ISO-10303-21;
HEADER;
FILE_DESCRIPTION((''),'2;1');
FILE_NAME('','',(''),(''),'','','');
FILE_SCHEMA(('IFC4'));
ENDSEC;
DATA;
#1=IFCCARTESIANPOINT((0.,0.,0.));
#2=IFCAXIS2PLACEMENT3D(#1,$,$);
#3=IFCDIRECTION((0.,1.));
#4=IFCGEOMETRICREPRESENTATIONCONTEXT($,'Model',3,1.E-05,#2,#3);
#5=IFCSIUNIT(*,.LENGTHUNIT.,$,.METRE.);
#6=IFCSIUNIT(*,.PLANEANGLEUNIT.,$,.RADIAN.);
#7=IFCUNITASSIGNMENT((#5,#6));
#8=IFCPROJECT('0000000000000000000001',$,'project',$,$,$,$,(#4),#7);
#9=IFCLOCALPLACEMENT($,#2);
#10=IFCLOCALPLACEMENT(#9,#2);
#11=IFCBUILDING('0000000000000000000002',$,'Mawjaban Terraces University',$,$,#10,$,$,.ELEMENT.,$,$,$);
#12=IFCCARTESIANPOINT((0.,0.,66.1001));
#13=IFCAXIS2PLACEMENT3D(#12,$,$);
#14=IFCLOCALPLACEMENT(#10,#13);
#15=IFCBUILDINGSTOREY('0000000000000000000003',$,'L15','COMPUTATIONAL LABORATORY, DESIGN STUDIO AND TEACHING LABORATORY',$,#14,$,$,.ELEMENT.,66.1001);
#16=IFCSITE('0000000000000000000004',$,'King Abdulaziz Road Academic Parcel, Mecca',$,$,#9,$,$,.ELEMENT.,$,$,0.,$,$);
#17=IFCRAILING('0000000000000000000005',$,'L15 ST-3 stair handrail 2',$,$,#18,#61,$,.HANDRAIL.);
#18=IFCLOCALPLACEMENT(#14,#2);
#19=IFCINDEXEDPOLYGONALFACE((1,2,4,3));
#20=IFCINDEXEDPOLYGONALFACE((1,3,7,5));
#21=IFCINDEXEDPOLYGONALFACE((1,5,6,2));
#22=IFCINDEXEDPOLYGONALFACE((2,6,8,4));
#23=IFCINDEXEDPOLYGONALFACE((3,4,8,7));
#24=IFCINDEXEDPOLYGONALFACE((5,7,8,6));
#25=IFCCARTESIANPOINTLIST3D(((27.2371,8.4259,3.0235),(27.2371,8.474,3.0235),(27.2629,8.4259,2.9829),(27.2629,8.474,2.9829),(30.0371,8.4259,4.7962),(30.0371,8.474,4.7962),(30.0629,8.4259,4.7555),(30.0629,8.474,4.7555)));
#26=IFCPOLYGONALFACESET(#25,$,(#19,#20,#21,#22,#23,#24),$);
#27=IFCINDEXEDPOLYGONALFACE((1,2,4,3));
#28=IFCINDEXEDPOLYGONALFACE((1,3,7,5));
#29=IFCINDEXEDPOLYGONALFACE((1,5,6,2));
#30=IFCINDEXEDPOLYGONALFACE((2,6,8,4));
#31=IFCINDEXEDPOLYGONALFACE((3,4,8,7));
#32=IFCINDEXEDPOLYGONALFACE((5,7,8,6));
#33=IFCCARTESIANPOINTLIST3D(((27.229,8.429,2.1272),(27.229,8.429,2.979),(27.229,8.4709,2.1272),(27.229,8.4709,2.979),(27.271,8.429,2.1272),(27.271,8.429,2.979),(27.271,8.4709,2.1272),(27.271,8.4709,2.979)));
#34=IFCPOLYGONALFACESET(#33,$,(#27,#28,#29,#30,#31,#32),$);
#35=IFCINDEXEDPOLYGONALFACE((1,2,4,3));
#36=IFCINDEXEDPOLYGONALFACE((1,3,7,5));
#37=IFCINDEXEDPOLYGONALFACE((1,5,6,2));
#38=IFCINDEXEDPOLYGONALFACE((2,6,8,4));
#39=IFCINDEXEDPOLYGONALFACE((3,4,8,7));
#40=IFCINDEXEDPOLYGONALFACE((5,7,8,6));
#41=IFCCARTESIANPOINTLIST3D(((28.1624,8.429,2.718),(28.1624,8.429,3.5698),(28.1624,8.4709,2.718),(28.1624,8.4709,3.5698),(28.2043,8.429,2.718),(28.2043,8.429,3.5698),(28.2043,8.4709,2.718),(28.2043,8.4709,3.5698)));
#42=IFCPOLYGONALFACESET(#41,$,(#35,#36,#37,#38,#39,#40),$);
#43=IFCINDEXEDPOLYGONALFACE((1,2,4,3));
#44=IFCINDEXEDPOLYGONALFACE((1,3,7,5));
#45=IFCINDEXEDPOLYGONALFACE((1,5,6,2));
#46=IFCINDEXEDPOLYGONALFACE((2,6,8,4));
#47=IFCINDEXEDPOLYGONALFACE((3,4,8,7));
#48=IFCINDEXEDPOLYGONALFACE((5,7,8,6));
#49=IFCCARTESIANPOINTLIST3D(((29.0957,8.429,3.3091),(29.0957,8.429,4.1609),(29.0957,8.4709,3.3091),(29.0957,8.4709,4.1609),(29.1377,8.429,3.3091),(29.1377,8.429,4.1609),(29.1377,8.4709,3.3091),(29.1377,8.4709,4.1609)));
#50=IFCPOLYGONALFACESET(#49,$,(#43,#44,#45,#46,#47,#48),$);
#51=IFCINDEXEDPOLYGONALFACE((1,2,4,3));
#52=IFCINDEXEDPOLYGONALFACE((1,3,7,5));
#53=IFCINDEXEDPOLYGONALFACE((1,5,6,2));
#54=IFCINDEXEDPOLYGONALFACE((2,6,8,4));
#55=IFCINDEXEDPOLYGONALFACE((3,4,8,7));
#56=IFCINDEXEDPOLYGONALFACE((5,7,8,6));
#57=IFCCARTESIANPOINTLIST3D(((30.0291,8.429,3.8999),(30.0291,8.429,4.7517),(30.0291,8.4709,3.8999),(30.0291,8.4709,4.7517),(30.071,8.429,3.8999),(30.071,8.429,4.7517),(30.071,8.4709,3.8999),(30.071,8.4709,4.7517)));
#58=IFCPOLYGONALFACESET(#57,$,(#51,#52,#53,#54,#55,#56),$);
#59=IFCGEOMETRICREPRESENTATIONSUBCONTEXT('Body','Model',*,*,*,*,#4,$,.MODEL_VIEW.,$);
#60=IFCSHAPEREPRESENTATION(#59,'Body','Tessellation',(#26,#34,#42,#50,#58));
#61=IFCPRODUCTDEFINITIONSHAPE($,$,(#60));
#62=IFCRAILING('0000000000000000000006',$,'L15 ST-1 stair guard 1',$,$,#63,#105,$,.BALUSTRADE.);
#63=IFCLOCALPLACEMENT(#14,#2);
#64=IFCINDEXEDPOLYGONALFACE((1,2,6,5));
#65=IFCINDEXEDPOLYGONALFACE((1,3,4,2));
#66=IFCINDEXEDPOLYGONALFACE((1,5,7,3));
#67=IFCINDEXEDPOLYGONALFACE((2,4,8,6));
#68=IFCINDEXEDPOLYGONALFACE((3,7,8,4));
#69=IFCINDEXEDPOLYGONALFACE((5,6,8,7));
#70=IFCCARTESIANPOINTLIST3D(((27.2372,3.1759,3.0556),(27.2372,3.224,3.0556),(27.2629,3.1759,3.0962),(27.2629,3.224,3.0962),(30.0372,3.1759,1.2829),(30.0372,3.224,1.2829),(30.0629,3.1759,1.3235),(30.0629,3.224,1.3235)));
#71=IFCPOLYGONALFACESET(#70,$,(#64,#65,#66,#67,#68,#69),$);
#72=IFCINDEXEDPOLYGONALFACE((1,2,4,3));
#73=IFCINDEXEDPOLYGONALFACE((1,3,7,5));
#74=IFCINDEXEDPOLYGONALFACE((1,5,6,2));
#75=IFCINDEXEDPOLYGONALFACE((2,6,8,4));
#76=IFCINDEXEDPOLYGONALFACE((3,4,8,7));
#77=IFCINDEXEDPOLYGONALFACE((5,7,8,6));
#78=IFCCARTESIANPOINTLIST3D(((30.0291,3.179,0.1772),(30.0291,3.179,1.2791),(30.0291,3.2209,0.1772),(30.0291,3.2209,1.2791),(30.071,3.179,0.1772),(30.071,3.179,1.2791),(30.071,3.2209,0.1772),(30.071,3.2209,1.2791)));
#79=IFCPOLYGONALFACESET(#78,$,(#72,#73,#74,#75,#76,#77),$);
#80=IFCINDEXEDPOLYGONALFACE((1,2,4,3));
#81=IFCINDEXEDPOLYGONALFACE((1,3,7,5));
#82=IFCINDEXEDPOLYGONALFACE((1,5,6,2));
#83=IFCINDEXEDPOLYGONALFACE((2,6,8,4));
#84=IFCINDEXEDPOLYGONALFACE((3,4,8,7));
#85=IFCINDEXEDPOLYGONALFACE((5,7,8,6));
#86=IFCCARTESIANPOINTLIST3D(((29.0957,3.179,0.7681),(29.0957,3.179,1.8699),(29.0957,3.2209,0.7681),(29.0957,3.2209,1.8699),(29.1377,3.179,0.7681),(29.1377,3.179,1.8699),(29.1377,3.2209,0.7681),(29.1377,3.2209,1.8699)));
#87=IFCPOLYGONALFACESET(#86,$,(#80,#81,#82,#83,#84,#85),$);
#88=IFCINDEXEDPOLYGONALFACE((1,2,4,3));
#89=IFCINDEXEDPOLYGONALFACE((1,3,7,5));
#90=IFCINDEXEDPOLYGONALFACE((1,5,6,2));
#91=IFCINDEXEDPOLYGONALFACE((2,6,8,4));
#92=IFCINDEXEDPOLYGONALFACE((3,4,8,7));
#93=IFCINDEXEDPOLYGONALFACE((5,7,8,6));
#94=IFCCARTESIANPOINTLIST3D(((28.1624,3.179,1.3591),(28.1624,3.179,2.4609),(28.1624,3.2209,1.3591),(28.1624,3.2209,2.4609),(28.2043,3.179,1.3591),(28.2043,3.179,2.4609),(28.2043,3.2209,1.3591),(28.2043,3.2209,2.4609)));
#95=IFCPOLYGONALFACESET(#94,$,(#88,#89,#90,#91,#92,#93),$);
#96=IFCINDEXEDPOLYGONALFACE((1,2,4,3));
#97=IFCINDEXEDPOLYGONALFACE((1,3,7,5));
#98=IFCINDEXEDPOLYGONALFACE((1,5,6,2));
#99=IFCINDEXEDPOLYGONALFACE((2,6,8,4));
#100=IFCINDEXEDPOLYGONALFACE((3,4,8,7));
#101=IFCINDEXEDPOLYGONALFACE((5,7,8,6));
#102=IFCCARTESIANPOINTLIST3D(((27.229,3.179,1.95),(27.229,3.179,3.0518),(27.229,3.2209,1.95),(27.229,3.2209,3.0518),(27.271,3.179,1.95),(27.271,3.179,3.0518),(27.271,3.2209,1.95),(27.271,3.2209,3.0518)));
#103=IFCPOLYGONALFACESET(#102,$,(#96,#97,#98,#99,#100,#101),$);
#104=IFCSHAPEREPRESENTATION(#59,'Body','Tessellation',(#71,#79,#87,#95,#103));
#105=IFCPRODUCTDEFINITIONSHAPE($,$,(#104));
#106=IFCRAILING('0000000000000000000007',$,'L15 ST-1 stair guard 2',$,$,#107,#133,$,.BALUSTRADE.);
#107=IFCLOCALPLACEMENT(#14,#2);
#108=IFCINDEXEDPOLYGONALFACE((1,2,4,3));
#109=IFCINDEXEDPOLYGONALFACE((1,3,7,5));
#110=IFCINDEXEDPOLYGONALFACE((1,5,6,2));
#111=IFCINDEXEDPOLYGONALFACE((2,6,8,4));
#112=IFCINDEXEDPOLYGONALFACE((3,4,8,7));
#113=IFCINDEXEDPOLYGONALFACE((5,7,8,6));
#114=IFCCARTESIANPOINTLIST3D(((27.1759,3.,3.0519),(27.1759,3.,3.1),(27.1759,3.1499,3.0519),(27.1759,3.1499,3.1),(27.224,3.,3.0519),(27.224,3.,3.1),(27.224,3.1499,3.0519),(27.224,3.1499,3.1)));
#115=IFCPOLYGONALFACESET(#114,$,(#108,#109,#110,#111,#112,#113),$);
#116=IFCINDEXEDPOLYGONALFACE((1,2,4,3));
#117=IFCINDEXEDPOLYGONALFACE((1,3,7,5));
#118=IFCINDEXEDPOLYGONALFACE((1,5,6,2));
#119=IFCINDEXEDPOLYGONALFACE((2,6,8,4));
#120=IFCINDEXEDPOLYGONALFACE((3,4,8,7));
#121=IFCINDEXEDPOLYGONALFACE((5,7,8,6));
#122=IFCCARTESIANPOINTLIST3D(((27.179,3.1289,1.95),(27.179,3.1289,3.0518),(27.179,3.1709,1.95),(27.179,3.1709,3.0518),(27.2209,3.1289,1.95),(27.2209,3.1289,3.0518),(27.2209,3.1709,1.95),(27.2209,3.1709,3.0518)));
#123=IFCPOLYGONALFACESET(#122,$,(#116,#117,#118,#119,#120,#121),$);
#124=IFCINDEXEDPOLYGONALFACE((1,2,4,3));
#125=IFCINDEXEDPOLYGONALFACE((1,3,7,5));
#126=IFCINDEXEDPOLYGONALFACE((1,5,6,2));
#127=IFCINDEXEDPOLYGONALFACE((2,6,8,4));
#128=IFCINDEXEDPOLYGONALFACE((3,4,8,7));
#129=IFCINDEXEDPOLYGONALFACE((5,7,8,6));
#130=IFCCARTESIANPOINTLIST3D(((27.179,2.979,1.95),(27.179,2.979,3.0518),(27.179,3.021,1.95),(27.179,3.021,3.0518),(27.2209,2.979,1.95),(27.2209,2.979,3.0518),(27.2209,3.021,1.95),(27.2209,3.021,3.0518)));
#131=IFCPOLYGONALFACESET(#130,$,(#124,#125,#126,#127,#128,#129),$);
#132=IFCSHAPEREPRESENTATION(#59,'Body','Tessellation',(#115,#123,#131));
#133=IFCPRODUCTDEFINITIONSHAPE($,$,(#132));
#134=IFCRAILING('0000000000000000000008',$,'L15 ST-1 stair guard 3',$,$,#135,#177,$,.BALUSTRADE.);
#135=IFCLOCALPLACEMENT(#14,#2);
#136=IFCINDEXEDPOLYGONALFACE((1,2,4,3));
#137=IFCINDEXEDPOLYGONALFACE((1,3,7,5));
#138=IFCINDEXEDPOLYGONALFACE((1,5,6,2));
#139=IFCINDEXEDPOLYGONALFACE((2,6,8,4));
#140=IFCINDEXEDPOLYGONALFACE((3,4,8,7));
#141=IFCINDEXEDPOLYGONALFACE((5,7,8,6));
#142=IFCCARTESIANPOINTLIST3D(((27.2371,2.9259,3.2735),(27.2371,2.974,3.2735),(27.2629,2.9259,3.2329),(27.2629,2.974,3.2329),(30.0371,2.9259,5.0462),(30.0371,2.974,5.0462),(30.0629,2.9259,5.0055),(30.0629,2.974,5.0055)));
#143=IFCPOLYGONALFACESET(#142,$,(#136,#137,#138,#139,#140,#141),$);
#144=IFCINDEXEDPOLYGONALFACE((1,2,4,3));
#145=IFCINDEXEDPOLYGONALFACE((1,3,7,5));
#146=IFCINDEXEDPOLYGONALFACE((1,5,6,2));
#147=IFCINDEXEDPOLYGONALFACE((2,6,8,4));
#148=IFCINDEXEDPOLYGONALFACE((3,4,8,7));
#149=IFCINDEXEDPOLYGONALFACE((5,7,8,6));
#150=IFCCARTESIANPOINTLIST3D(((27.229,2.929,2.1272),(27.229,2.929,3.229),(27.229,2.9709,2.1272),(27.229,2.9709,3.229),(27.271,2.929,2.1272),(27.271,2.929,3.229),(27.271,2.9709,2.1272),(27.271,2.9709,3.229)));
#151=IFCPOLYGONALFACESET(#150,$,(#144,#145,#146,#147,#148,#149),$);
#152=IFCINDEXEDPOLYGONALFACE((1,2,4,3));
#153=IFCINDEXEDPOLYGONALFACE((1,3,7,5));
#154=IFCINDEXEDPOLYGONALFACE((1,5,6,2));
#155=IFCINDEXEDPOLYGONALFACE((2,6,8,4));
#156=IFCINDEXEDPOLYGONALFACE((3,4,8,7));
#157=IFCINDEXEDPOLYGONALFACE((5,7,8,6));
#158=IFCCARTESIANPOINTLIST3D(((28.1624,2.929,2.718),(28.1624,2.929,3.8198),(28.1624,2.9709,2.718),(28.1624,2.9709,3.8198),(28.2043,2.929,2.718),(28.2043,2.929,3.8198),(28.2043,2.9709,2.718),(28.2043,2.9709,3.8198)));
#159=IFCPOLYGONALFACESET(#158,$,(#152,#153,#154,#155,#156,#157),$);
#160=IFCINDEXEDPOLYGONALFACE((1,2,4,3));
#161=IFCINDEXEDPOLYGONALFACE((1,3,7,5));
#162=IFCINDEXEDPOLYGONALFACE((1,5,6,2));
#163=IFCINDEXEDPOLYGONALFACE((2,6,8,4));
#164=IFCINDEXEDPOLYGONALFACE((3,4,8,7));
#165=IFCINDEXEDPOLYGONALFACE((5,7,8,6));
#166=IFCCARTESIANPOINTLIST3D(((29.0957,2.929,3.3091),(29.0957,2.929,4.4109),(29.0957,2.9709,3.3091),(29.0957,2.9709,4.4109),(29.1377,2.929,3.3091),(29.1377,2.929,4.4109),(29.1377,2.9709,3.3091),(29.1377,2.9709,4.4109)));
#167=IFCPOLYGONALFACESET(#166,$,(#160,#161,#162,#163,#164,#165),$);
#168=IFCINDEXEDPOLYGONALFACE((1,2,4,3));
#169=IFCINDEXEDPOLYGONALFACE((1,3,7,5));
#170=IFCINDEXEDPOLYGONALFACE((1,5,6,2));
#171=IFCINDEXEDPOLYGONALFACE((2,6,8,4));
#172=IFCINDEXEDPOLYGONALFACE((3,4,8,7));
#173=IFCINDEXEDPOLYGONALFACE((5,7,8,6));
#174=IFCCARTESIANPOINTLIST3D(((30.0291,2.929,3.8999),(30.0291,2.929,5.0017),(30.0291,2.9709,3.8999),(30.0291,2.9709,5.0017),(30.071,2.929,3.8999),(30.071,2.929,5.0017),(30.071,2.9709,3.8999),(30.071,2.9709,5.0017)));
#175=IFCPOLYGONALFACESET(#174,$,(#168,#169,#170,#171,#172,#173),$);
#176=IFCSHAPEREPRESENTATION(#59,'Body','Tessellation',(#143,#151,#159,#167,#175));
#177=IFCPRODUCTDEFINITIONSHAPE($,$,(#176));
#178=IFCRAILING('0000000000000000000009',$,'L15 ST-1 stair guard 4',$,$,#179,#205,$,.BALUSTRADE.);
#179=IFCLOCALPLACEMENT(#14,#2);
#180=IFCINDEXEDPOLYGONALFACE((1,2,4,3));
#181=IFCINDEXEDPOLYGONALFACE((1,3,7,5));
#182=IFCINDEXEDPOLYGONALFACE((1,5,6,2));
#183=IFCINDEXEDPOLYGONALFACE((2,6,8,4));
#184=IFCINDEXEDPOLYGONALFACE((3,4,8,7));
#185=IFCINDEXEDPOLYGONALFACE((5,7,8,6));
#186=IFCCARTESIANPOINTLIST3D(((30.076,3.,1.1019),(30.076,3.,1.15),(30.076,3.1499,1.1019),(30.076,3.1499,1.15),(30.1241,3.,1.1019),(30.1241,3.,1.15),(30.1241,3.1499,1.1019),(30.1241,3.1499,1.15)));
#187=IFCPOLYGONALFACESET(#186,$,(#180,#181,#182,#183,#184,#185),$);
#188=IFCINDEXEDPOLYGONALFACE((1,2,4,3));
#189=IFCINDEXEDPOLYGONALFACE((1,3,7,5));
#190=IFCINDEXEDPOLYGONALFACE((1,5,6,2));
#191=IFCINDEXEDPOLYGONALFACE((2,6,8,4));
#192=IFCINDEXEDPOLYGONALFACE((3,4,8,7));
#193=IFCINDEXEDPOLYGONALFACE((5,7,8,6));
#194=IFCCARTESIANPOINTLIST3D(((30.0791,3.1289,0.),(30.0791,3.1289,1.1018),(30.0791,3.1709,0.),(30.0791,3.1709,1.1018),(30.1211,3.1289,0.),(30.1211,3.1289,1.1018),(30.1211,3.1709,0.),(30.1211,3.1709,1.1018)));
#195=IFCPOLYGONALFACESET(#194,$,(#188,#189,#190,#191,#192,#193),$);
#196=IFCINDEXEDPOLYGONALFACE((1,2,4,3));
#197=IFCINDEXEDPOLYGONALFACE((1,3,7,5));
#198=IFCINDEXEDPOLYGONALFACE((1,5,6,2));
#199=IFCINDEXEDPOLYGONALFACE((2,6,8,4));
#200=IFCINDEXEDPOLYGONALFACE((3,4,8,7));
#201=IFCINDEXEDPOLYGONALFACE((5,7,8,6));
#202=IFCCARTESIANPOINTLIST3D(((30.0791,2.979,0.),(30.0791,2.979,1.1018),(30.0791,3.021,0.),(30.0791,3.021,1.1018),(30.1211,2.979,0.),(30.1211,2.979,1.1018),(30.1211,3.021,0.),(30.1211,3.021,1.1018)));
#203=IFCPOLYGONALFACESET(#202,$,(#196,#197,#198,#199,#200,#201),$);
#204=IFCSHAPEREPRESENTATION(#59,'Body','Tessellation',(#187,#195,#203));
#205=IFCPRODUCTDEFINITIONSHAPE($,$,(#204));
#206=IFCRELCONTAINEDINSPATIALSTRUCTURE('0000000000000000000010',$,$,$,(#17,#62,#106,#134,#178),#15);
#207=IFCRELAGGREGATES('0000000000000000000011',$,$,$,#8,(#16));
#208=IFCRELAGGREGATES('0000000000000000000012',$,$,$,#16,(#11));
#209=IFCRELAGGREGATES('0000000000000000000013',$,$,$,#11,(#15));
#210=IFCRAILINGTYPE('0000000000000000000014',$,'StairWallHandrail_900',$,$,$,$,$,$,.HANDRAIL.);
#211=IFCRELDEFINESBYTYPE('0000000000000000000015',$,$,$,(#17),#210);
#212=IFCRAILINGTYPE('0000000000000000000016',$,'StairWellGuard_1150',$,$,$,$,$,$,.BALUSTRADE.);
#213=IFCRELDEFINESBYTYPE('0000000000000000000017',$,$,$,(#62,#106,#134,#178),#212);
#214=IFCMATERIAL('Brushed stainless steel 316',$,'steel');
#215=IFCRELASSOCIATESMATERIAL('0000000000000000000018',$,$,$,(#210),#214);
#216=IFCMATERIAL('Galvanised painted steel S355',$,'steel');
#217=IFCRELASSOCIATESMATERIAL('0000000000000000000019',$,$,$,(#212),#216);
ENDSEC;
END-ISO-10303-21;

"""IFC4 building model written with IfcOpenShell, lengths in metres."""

from ifc_helpers import new_model, si_unit, direction, frame, origin, origin_2d, place, context, subcontext, project, spatial, rectangle, extrude, material, type_object, element, save


model = new_model("IFC4")

# Units and contexts
model_context = context("Model", 3, precision=1e-05, world=origin(), true_north=direction((0.0, 1.0)))
body_context = subcontext(model_context, "Body", "Model", "MODEL_VIEW")
ifc_project = project(units=[si_unit("LENGTHUNIT", "METRE"), si_unit("PLANEANGLEUNIT", "RADIAN")], contexts=[model_context])

# Site, building, storey
site_placement = place(None, origin())
site = spatial("IfcSite", under=ifc_project, at=site_placement, Name="King Abdulaziz Road Academic Parcel, Mecca", CompositionType="ELEMENT", RefElevation=0.0)
building_placement = place(site_placement, origin())
building = spatial("IfcBuilding", under=site, at=building_placement, Name="Mawjaban Terraces University", CompositionType="ELEMENT")
storey_placement = place(building_placement, frame((0.0, 0.0, 66.1001)))
storey = spatial("IfcBuildingStorey", under=building, at=storey_placement, Name="L15", Description="COMPUTATIONAL LABORATORY, DESIGN STUDIO AND TEACHING LABORATORY", CompositionType="ELEMENT", Elevation=66.1001)

# Railings
ifc_material_1 = material(Name="Brushed stainless steel 316", Category="steel")
railing_type_1 = type_object("IfcRailingType", Name="StairWallHandrail_900", PredefinedType="HANDRAIL", material=ifc_material_1)
railing_1_placement = place(storey_placement, frame((27.25, 8.45, 2.1272)))
element("IfcRailing", 1, at=railing_1_placement, inside=storey, type_object=railing_type_1, Name="L15 ST-3 stair handrail 2", PredefinedType="HANDRAIL", context=body_context, shape_type="SweptSolid", body=[
    extrude(rectangle(XDim=0.0481, YDim=0.0481, at=origin_2d()), frame((0.0, 0.0, 0.876), z_axis=(0.844909, 0.0, 0.53491), x_axis=(0.0, 1.0, 0.0)), (0.0, 0.0, 1.0), 3.314),
    extrude(rectangle(XDim=0.042, YDim=0.042, at=origin_2d()), origin(), (0.0, 0.0, 1.0), 0.8518),
    extrude(rectangle(XDim=0.042, YDim=0.042, at=origin_2d()), frame((0.9333, 0.0, 0.5908)), (0.0, 0.0, 1.0), 0.8518),
    extrude(rectangle(XDim=0.042, YDim=0.042, at=origin_2d()), frame((1.8667, 0.0, 1.1819)), (0.0, 0.0, 1.0), 0.8518),
    extrude(rectangle(XDim=0.042, YDim=0.042, at=origin_2d()), frame((2.8, 0.0, 1.7727)), (0.0, 0.0, 1.0), 0.8518),
])
ifc_material_2 = material(Name="Galvanised painted steel S355", Category="steel")
railing_type_2 = type_object("IfcRailingType", Name="StairWellGuard_1150", PredefinedType="BALUSTRADE", material=ifc_material_2)
railing_2_placement = place(storey_placement, frame((30.05, 3.2, 0.1772)))
element("IfcRailing", 2, at=railing_2_placement, inside=storey, type_object=railing_type_2, Name="L15 ST-1 stair guard 1", PredefinedType="BALUSTRADE", context=body_context, shape_type="SweptSolid", body=[
    extrude(rectangle(XDim=0.0481, YDim=0.0481, at=origin_2d()), frame((0.0, 0.0, 1.126), z_axis=(-0.844909, 0.0, 0.53491), x_axis=(0.0, -1.0, 0.0)), (0.0, 0.0, 1.0), 3.314),
    extrude(rectangle(XDim=0.042, YDim=0.042, at=origin_2d()), origin(), (0.0, 0.0, 1.0), 1.1018),
    extrude(rectangle(XDim=0.042, YDim=0.042, at=origin_2d()), frame((-0.9333, 0.0, 0.5908)), (0.0, 0.0, 1.0), 1.1018),
    extrude(rectangle(XDim=0.042, YDim=0.042, at=origin_2d()), frame((-1.8667, 0.0, 1.1819)), (0.0, 0.0, 1.0), 1.1018),
    extrude(rectangle(XDim=0.042, YDim=0.042, at=origin_2d()), frame((-2.8, 0.0, 1.7727)), (0.0, 0.0, 1.0), 1.1018),
])
railing_3_placement = place(storey_placement, frame((27.2, 3.1499, 1.95)))
element("IfcRailing", 3, at=railing_3_placement, inside=storey, type_object=railing_type_2, Name="L15 ST-1 stair guard 2", PredefinedType="BALUSTRADE", context=body_context, shape_type="SweptSolid", body=[
    extrude(rectangle(XDim=0.0481, YDim=0.0481, at=origin_2d()), frame((0.0, 0.0, 1.126), z_axis=(0.0, -1.0, 0.0), x_axis=(1.0, 0.0, 0.0)), (0.0, 0.0, 1.0), 0.1499),
    extrude(rectangle(XDim=0.042, YDim=0.042, at=origin_2d()), origin(), (0.0, 0.0, 1.0), 1.1018),
    extrude(rectangle(XDim=0.042, YDim=0.042, at=origin_2d()), frame((0.0, -0.1499, 0.0)), (0.0, 0.0, 1.0), 1.1018),
])
railing_4_placement = place(storey_placement, frame((27.25, 2.95, 2.1272)))
element("IfcRailing", 4, at=railing_4_placement, inside=storey, type_object=railing_type_2, Name="L15 ST-1 stair guard 3", PredefinedType="BALUSTRADE", context=body_context, shape_type="SweptSolid", body=[
    extrude(rectangle(XDim=0.0481, YDim=0.0481, at=origin_2d()), frame((0.0, 0.0, 1.126), z_axis=(0.844909, 0.0, 0.53491), x_axis=(0.0, 1.0, 0.0)), (0.0, 0.0, 1.0), 3.314),
    extrude(rectangle(XDim=0.042, YDim=0.042, at=origin_2d()), origin(), (0.0, 0.0, 1.0), 1.1018),
    extrude(rectangle(XDim=0.042, YDim=0.042, at=origin_2d()), frame((0.9333, 0.0, 0.5908)), (0.0, 0.0, 1.0), 1.1018),
    extrude(rectangle(XDim=0.042, YDim=0.042, at=origin_2d()), frame((1.8667, 0.0, 1.1819)), (0.0, 0.0, 1.0), 1.1018),
    extrude(rectangle(XDim=0.042, YDim=0.042, at=origin_2d()), frame((2.8, 0.0, 1.7727)), (0.0, 0.0, 1.0), 1.1018),
])
railing_5_placement = place(storey_placement, frame((30.1001, 3.1499, 0.0)))
element("IfcRailing", 5, at=railing_5_placement, inside=storey, type_object=railing_type_2, Name="L15 ST-1 stair guard 4", PredefinedType="BALUSTRADE", context=body_context, shape_type="SweptSolid", body=[
    extrude(rectangle(XDim=0.0481, YDim=0.0481, at=origin_2d()), frame((0.0, 0.0, 1.126), z_axis=(0.0, -1.0, 0.0), x_axis=(1.0, 0.0, 0.0)), (0.0, 0.0, 1.0), 0.1499),
    extrude(rectangle(XDim=0.042, YDim=0.042, at=origin_2d()), origin(), (0.0, 0.0, 1.0), 1.1018),
    extrude(rectangle(XDim=0.042, YDim=0.042, at=origin_2d()), frame((0.0, -0.1499, 0.0)), (0.0, 0.0, 1.0), 1.1018),
])

save(model, "model.ifc")
